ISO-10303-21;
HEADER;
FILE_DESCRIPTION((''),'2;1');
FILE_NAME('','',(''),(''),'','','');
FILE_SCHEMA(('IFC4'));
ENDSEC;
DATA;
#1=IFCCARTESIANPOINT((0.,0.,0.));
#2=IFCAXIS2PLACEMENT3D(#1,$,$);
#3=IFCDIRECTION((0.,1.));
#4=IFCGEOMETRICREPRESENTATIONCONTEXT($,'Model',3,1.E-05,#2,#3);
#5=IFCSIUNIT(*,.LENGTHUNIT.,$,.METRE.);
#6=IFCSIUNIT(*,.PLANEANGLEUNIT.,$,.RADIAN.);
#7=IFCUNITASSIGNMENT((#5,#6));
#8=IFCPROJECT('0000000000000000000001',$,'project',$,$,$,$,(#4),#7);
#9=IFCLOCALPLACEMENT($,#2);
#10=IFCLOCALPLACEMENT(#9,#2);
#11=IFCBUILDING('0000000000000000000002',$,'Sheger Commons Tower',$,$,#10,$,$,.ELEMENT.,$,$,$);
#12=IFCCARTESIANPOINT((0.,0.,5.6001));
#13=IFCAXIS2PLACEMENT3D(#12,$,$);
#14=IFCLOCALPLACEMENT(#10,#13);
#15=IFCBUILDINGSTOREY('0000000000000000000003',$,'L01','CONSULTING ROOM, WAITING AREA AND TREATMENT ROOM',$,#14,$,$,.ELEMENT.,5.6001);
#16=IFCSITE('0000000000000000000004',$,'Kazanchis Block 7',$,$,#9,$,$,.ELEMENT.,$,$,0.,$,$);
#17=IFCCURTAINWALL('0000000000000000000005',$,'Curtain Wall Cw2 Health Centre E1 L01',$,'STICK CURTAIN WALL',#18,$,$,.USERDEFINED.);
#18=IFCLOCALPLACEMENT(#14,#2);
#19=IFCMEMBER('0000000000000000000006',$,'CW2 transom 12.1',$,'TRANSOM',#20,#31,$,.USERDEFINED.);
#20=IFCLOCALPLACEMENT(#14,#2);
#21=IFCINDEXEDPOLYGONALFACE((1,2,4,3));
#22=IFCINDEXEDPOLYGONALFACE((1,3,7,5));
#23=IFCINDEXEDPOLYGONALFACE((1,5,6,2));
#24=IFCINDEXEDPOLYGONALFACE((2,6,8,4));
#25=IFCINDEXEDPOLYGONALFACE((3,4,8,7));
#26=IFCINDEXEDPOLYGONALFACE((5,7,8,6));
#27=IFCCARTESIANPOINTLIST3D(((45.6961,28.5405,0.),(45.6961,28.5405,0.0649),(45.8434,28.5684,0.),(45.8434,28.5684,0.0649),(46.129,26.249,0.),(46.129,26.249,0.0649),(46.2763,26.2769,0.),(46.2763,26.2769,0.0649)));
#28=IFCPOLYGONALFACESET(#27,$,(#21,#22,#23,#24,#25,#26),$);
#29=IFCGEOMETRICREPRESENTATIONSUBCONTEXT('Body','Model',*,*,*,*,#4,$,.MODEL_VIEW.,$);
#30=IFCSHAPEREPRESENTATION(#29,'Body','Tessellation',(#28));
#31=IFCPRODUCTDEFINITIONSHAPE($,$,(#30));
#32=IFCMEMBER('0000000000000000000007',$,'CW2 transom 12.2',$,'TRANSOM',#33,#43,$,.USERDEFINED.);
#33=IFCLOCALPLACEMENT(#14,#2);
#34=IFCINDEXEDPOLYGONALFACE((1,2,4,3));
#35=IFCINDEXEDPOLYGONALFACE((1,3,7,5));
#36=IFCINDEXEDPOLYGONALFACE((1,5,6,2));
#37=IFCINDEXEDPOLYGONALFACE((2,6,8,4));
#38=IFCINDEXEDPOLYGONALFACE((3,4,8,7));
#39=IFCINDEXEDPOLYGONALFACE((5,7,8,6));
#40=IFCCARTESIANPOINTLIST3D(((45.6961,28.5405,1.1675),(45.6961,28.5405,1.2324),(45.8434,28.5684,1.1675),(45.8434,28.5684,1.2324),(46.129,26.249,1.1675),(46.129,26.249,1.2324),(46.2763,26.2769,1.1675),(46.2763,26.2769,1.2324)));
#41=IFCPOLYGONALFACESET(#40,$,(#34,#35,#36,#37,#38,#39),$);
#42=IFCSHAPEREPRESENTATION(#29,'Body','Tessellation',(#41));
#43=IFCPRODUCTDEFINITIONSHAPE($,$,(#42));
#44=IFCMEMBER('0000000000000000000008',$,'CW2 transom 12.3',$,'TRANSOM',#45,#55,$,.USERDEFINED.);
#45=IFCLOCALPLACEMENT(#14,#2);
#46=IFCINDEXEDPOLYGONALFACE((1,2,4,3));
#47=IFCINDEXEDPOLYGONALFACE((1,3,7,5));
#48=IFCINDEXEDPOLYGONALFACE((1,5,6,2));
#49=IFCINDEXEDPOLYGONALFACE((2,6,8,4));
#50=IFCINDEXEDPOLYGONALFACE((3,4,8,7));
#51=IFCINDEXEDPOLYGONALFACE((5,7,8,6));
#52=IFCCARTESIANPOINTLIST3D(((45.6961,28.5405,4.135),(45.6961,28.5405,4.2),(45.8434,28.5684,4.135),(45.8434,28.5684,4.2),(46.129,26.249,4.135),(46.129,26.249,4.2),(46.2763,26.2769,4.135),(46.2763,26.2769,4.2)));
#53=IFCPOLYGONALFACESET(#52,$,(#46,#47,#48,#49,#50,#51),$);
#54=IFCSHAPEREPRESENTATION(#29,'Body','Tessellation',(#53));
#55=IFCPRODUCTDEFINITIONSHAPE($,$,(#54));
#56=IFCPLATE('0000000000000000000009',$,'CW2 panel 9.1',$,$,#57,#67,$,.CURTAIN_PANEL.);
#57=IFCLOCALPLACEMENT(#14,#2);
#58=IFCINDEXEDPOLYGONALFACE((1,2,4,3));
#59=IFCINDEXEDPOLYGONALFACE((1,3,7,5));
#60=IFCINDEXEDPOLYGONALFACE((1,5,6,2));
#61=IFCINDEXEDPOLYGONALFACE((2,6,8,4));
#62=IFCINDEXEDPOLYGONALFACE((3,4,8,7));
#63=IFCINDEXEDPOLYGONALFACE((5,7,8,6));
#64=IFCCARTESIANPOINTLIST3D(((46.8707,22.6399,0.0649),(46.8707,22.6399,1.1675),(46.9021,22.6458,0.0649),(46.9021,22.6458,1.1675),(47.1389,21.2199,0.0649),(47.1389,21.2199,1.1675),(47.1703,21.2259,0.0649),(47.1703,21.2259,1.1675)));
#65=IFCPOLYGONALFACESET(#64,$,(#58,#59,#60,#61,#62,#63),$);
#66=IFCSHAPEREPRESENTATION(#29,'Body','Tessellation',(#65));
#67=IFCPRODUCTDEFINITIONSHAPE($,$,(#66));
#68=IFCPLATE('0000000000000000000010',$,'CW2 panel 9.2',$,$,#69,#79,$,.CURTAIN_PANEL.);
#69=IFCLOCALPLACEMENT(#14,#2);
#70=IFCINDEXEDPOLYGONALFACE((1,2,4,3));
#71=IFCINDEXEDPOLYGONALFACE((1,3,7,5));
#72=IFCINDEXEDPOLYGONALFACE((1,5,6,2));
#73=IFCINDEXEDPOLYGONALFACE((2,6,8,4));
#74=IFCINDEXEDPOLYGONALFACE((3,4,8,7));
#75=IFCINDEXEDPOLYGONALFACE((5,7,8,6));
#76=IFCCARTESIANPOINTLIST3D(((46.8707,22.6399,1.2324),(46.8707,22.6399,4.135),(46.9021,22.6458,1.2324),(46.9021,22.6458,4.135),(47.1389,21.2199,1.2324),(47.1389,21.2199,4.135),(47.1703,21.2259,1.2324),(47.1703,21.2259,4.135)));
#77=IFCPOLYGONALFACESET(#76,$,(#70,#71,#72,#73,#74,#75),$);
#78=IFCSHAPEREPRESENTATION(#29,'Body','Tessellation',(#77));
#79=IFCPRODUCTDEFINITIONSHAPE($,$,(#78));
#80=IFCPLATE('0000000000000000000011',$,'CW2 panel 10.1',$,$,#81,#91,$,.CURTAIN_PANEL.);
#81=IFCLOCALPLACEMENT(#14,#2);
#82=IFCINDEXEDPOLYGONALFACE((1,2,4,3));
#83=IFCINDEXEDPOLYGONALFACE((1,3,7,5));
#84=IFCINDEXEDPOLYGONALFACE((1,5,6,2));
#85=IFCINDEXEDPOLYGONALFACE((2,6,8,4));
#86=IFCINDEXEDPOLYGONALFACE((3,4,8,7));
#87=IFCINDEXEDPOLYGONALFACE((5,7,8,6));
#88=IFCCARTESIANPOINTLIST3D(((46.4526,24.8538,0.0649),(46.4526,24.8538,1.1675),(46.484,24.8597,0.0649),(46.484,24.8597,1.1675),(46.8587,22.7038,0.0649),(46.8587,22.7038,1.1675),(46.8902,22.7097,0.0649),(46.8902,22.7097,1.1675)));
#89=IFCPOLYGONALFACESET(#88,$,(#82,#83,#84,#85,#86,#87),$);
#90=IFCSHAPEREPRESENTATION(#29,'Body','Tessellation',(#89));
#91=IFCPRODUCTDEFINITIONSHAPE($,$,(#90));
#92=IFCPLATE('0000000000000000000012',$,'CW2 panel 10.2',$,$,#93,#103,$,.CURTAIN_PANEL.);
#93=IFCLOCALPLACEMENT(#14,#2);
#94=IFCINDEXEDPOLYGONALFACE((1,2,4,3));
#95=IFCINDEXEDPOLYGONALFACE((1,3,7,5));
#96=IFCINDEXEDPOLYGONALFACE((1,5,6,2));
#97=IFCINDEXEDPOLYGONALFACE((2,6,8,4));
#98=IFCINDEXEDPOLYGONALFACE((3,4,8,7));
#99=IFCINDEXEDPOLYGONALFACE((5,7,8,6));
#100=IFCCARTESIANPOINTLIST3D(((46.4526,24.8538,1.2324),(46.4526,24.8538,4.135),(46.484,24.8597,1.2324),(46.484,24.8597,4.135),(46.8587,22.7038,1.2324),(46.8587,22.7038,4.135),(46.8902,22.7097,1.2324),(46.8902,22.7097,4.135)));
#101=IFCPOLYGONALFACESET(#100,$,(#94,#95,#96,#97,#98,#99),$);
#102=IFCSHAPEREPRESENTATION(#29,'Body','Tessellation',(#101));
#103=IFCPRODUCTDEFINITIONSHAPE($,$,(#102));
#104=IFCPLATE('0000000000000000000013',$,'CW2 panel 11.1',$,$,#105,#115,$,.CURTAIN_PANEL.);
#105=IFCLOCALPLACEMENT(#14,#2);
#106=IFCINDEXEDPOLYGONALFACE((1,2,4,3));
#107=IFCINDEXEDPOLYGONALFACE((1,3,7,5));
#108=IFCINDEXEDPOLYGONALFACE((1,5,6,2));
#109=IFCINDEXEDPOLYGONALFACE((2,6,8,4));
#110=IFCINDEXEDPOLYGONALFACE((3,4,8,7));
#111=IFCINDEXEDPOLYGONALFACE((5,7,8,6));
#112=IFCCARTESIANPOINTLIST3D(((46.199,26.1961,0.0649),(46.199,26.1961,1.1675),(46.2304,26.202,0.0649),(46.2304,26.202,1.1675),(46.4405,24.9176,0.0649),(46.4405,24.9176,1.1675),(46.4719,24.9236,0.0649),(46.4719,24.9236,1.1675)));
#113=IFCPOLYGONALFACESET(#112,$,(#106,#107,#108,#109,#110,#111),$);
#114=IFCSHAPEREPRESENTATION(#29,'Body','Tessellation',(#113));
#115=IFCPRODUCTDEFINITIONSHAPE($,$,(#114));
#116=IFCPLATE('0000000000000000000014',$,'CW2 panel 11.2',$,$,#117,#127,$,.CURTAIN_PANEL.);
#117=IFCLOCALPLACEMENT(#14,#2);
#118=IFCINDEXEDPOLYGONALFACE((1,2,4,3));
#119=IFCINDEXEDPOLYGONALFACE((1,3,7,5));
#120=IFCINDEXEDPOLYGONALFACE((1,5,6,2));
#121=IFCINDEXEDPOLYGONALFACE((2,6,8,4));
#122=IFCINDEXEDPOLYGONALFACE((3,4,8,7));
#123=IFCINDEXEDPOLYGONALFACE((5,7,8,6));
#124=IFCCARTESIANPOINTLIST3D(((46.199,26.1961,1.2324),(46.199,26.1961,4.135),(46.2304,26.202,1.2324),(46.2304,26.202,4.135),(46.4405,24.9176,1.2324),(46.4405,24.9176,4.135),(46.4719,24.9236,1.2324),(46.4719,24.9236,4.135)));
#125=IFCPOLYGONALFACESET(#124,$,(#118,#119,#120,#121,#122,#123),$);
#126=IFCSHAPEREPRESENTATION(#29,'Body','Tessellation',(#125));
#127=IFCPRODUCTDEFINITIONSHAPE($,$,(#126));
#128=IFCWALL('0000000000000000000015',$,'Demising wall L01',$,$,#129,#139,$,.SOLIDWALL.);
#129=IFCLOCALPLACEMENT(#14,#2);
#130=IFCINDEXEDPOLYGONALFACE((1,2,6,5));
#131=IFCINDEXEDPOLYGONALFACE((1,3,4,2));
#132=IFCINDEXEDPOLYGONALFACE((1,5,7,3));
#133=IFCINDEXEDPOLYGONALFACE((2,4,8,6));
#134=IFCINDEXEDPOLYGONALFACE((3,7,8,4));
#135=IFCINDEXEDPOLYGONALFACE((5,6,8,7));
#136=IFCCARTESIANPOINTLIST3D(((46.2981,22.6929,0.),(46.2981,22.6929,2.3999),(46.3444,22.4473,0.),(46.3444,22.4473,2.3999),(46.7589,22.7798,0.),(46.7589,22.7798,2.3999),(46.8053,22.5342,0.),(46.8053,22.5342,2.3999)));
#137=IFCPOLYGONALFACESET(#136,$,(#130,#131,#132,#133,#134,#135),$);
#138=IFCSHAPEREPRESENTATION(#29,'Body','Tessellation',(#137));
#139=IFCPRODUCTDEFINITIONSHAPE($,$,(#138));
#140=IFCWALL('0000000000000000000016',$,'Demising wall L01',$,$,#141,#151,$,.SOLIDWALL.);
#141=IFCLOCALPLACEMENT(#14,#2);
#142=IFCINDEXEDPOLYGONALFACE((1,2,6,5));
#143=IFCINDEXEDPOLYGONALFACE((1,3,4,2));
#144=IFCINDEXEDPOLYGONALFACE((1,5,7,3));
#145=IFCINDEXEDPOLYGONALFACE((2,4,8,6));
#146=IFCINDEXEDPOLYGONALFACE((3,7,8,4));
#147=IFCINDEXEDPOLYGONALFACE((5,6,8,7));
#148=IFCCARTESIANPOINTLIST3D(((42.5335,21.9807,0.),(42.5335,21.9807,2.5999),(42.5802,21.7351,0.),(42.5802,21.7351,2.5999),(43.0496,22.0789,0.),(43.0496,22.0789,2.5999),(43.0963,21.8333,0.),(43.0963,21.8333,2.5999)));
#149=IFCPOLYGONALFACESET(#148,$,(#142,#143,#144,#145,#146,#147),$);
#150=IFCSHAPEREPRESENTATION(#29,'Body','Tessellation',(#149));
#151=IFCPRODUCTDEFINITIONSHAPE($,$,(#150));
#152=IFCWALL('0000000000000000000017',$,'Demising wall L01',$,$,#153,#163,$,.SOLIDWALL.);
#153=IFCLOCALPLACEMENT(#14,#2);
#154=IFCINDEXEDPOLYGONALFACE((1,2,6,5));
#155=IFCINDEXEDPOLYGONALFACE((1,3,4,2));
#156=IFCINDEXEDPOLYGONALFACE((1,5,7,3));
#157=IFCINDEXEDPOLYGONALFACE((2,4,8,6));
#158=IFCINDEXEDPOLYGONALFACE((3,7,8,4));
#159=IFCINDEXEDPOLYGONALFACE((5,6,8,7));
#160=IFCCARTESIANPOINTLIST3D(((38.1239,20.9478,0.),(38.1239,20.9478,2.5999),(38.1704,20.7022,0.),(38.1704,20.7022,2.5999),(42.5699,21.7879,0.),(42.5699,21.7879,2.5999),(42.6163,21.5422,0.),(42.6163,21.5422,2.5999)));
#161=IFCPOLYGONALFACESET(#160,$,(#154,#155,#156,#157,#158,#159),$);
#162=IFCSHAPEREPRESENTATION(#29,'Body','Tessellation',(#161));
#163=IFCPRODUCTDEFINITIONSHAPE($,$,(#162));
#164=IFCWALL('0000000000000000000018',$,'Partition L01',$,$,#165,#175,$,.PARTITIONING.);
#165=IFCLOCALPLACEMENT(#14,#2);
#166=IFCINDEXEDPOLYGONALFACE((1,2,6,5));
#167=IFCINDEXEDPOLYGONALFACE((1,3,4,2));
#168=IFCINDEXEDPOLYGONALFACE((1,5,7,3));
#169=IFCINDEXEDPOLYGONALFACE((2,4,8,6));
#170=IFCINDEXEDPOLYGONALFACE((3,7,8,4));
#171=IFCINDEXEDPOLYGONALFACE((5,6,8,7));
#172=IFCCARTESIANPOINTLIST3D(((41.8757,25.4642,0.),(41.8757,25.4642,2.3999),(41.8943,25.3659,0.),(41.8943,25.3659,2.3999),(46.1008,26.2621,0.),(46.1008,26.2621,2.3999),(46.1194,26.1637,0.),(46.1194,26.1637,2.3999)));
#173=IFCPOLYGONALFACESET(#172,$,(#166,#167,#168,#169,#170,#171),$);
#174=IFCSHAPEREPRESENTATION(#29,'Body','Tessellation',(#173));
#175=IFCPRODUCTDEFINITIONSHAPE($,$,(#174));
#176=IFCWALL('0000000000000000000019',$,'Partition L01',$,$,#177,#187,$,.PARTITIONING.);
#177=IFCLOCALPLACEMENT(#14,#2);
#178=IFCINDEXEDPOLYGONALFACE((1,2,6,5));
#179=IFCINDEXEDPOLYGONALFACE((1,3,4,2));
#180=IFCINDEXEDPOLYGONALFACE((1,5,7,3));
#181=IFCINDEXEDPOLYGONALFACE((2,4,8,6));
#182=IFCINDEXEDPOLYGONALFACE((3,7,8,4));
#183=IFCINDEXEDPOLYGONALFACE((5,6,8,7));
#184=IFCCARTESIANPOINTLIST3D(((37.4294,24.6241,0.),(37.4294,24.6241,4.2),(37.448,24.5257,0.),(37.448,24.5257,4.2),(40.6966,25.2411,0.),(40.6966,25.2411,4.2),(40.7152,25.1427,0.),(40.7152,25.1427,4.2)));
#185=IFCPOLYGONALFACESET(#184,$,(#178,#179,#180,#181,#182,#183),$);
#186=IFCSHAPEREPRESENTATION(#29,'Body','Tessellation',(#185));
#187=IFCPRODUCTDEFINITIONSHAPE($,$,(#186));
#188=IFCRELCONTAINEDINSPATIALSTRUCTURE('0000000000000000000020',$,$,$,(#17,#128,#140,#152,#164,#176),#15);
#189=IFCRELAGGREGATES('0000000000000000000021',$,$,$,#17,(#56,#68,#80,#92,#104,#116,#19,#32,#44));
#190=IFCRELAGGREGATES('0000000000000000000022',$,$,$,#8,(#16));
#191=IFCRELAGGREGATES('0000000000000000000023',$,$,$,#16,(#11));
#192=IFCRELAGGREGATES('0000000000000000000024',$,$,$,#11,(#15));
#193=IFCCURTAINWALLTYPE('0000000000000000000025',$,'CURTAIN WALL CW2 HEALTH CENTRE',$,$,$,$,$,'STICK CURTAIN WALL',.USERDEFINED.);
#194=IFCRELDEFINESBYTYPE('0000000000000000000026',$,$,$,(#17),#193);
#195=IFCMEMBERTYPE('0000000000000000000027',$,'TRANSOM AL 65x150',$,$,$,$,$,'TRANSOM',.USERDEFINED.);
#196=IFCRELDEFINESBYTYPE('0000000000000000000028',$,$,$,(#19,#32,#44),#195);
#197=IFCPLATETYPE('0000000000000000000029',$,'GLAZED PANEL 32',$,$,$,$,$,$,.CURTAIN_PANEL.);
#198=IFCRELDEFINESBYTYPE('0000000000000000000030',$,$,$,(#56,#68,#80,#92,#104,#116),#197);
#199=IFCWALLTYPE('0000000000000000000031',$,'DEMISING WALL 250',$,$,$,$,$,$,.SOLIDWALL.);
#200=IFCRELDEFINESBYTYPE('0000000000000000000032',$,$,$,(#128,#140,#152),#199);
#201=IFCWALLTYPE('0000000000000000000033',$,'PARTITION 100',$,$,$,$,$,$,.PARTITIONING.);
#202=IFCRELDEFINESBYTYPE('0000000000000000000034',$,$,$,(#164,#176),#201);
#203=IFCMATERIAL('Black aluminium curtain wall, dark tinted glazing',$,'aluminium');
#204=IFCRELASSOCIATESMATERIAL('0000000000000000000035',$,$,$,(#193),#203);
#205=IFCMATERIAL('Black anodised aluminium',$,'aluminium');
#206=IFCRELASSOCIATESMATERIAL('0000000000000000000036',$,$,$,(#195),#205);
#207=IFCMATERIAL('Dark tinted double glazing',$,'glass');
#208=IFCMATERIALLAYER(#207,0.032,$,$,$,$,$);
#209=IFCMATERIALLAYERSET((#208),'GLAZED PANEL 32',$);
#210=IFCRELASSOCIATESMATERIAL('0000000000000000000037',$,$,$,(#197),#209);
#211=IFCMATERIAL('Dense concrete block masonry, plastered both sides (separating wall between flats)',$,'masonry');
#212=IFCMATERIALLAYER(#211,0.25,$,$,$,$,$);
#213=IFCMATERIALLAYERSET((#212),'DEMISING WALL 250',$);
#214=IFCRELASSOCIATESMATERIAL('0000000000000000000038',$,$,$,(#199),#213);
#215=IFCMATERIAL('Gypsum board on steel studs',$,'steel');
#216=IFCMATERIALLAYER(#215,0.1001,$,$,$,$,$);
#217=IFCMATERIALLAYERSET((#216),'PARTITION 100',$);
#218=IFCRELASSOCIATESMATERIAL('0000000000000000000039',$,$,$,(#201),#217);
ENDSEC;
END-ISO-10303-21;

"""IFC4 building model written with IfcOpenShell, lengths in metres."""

from ifc_helpers import new_model, si_unit, direction, frame, frame_2d, origin, origin_2d, place, context, subcontext, project, spatial, rectangle, extrude, material, layer, layer_set, material_profile, profile_set, type_object, element, aggregate, save


model = new_model("IFC4")

# Units and contexts
model_context = context("Model", 3, precision=1e-05, world=origin(), true_north=direction((0.0, 1.0)))
body_context = subcontext(model_context, "Body", "Model", "MODEL_VIEW")
ifc_project = project(units=[si_unit("LENGTHUNIT", "METRE"), si_unit("PLANEANGLEUNIT", "RADIAN")], contexts=[model_context])

# Site, building, storey
site_placement = place(None, origin())
site = spatial("IfcSite", under=ifc_project, at=site_placement, Name="Kazanchis Block 7", CompositionType="ELEMENT", RefElevation=0.0)
building_placement = place(site_placement, origin())
building = spatial("IfcBuilding", under=site, at=building_placement, Name="Sheger Commons Tower", CompositionType="ELEMENT")
storey_placement = place(building_placement, frame((0.0, 0.0, 5.6001)))
storey = spatial("IfcBuildingStorey", under=building, at=storey_placement, Name="L01", Description="CONSULTING ROOM, WAITING AREA AND TREATMENT ROOM", CompositionType="ELEMENT", Elevation=5.6001)

# Curtain wall, members, plates
ifc_material_1 = material(Name="Black aluminium curtain wall, dark tinted glazing", Category="aluminium")
curtain_wall_type = type_object("IfcCurtainWallType", Name="CURTAIN WALL CW2 HEALTH CENTRE", ElementType="STICK CURTAIN WALL", PredefinedType="USERDEFINED", material=ifc_material_1)
curtain_wall_placement = place(storey_placement, origin())
curtain_wall = element("IfcCurtainWall", 1, at=curtain_wall_placement, inside=storey, type_object=curtain_wall_type, Name="Curtain Wall Cw2 Health Centre E1 L01", ObjectType="STICK CURTAIN WALL", PredefinedType="USERDEFINED")
ifc_material_2 = material(Name="Black anodised aluminium", Category="aluminium")
ifc_material_profile_1 = material_profile(ifc_material_2, rectangle(XDim=0.1499, YDim=0.0649, at=origin_2d()), Name="AL 65x150")
ifc_profile_set_1 = profile_set([ifc_material_profile_1], Name="Black anodised aluminium")
member_type_1 = type_object("IfcMemberType", Name="TRANSOM AL 65x150", ElementType="TRANSOM", PredefinedType="USERDEFINED", material=ifc_profile_set_1)
member_1_placement = place(storey_placement, frame((46.2026, 26.2629, 0.0325), z_axis=(-0.185616, 0.982622, 0.0), x_axis=(-0.982622, -0.185616, 0.0)))
member_1 = element("IfcMember", 2, at=member_1_placement, type_object=member_type_1, Name="CW2 transom 12.1", ObjectType="TRANSOM", PredefinedType="USERDEFINED", context=body_context, shape_type="SweptSolid", body=[
    extrude(rectangle(XDim=0.1499, YDim=0.0649, at=origin_2d()), origin(), (0.0, 0.0, 1.0), 2.332),
])
member_2_placement = place(storey_placement, frame((46.2026, 26.2629, 1.2), z_axis=(-0.185616, 0.982622, 0.0), x_axis=(-0.982622, -0.185616, 0.0)))
member_2 = element("IfcMember", 3, at=member_2_placement, type_object=member_type_1, Name="CW2 transom 12.2", ObjectType="TRANSOM", PredefinedType="USERDEFINED", context=body_context, shape_type="SweptSolid", body=[
    extrude(rectangle(XDim=0.1499, YDim=0.0649, at=origin_2d()), origin(), (0.0, 0.0, 1.0), 2.332),
])
member_3_placement = place(storey_placement, frame((46.2026, 26.2629, 4.1675), z_axis=(-0.185616, 0.982622, 0.0), x_axis=(-0.982622, -0.185616, 0.0)))
member_3 = element("IfcMember", 4, at=member_3_placement, type_object=member_type_1, Name="CW2 transom 12.3", ObjectType="TRANSOM", PredefinedType="USERDEFINED", context=body_context, shape_type="SweptSolid", body=[
    extrude(rectangle(XDim=0.1499, YDim=0.0649, at=origin_2d()), origin(), (0.0, 0.0, 1.0), 2.332),
])
ifc_material_3 = material(Name="Dark tinted double glazing", Category="glass")
ifc_layer_1 = layer(ifc_material_3, 0.032)
ifc_layer_set_1 = layer_set([ifc_layer_1], Name="GLAZED PANEL 32")
plate_type = type_object("IfcPlateType", Name="GLAZED PANEL 32", PredefinedType="CURTAIN_PANEL", material=ifc_layer_set_1)
plate_1_placement = place(storey_placement, frame((47.0205, 21.9329, 0.0649), z_axis=(0.0, 0.0, 1.0), x_axis=(-0.18561, 0.982624, 0.0)))
plate_1 = element("IfcPlate", 5, at=plate_1_placement, type_object=plate_type, Name="CW2 panel 9.1", PredefinedType="CURTAIN_PANEL", context=body_context, shape_type="SweptSolid", body=[
    extrude(rectangle(XDim=1.4451, YDim=0.032, at=origin_2d()), origin(), (0.0, 0.0, 1.0), 1.1025),
])
plate_2_placement = place(storey_placement, frame((47.0205, 21.9329, 1.2324), z_axis=(0.0, 0.0, 1.0), x_axis=(-0.18561, 0.982624, 0.0)))
plate_2 = element("IfcPlate", 6, at=plate_2_placement, type_object=plate_type, Name="CW2 panel 9.2", PredefinedType="CURTAIN_PANEL", context=body_context, shape_type="SweptSolid", body=[
    extrude(rectangle(XDim=1.4451, YDim=0.032, at=origin_2d()), origin(), (0.0, 0.0, 1.0), 2.9026),
])
plate_3_placement = place(storey_placement, frame((46.6714, 23.7817, 0.0649), z_axis=(0.0, 0.0, 1.0), x_axis=(-0.18561, 0.982624, 0.0)))
plate_3 = element("IfcPlate", 7, at=plate_3_placement, type_object=plate_type, Name="CW2 panel 10.1", PredefinedType="CURTAIN_PANEL", context=body_context, shape_type="SweptSolid", body=[
    extrude(rectangle(XDim=2.188, YDim=0.032, at=origin_2d()), origin(), (0.0, 0.0, 1.0), 1.1025),
])
plate_4_placement = place(storey_placement, frame((46.6714, 23.7817, 1.2324), z_axis=(0.0, 0.0, 1.0), x_axis=(-0.18561, 0.982624, 0.0)))
plate_4 = element("IfcPlate", 8, at=plate_4_placement, type_object=plate_type, Name="CW2 panel 10.2", PredefinedType="CURTAIN_PANEL", context=body_context, shape_type="SweptSolid", body=[
    extrude(rectangle(XDim=2.188, YDim=0.032, at=origin_2d()), origin(), (0.0, 0.0, 1.0), 2.9026),
])
plate_5_placement = place(storey_placement, frame((46.3354, 25.5598, 0.0649), z_axis=(0.0, 0.0, 1.0), x_axis=(-0.18561, 0.982624, 0.0)))
plate_5 = element("IfcPlate", 9, at=plate_5_placement, type_object=plate_type, Name="CW2 panel 11.1", PredefinedType="CURTAIN_PANEL", context=body_context, shape_type="SweptSolid", body=[
    extrude(rectangle(XDim=1.301, YDim=0.032, at=origin_2d()), origin(), (0.0, 0.0, 1.0), 1.1025),
])
plate_6_placement = place(storey_placement, frame((46.3354, 25.5598, 1.2324), z_axis=(0.0, 0.0, 1.0), x_axis=(-0.18561, 0.982624, 0.0)))
plate_6 = element("IfcPlate", 10, at=plate_6_placement, type_object=plate_type, Name="CW2 panel 11.2", PredefinedType="CURTAIN_PANEL", context=body_context, shape_type="SweptSolid", body=[
    extrude(rectangle(XDim=1.301, YDim=0.032, at=origin_2d()), origin(), (0.0, 0.0, 1.0), 2.9026),
])
aggregate(curtain_wall, [plate_1, plate_2, plate_3, plate_4, plate_5, plate_6, member_1, member_2, member_3])

# Walls
ifc_material_4 = material(Name="Dense concrete block masonry, plastered both sides (separating wall between flats)", Category="masonry")
ifc_layer_2 = layer(ifc_material_4, 0.25)
ifc_layer_set_2 = layer_set([ifc_layer_2], Name="DEMISING WALL 250")
wall_type_1 = type_object("IfcWallType", Name="DEMISING WALL 250", PredefinedType="SOLIDWALL", material=ifc_layer_set_2)
wall_1_placement = place(storey_placement, frame((46.782, 22.657, 0.0), z_axis=(0.0, 0.0, 1.0), x_axis=(-0.982683, -0.185294, 0.0)))
element("IfcWall", 11, at=wall_1_placement, inside=storey, type_object=wall_type_1, Name="Demising wall L01", PredefinedType="SOLIDWALL", context=body_context, shape_type="SweptSolid", body=[
    extrude(rectangle(XDim=0.469, YDim=0.25, at=frame_2d((0.2344, 0.0))), origin(), (0.0, 0.0, 1.0), 2.3999),
])
wall_2_placement = place(storey_placement, frame((43.073, 21.9561, 0.0), z_axis=(0.0, 0.0, 1.0), x_axis=(-0.982395, -0.186813, 0.0)))
element("IfcWall", 12, at=wall_2_placement, inside=storey, type_object=wall_type_1, Name="Demising wall L01", PredefinedType="SOLIDWALL", context=body_context, shape_type="SweptSolid", body=[
    extrude(rectangle(XDim=0.5254, YDim=0.25, at=frame_2d((0.2627, 0.0))), origin(), (0.0, 0.0, 1.0), 2.5999),
])
wall_3_placement = place(storey_placement, frame((42.593, 21.665, 0.0), z_axis=(0.0, 0.0, 1.0), x_axis=(-0.982613, -0.185666, 0.0)))
element("IfcWall", 13, at=wall_3_placement, inside=storey, type_object=wall_type_1, Name="Demising wall L01", PredefinedType="SOLIDWALL", context=body_context, shape_type="SweptSolid", body=[
    extrude(rectangle(XDim=4.5247, YDim=0.25, at=frame_2d((2.2622, 0.0))), origin(), (0.0, 0.0, 1.0), 2.5999),
])
ifc_material_5 = material(Name="Gypsum board on steel studs", Category="steel")
ifc_layer_3 = layer(ifc_material_5, 0.1001)
ifc_layer_set_3 = layer_set([ifc_layer_3], Name="PARTITION 100")
wall_type_2 = type_object("IfcWallType", Name="PARTITION 100", PredefinedType="PARTITIONING", material=ifc_layer_set_3)
wall_4_placement = place(storey_placement, frame((46.1101, 26.2129, 0.0), z_axis=(0.0, 0.0, 1.0), x_axis=(-0.982634, -0.185557, 0.0)))
element("IfcWall", 14, at=wall_4_placement, inside=storey, type_object=wall_type_2, Name="Partition L01", PredefinedType="PARTITIONING", context=body_context, shape_type="SweptSolid", body=[
    extrude(rectangle(XDim=4.2998, YDim=0.1001, at=frame_2d((2.1499, 0.0))), origin(), (0.0, 0.0, 1.0), 2.3999),
])
wall_5_placement = place(storey_placement, frame((40.7061, 25.1919, 0.0), z_axis=(0.0, 0.0, 1.0), x_axis=(-0.982634, -0.185556, 0.0)))
element("IfcWall", 15, at=wall_5_placement, inside=storey, type_object=wall_type_2, Name="Partition L01", PredefinedType="PARTITIONING", context=body_context, shape_type="SweptSolid", body=[
    extrude(rectangle(XDim=3.325, YDim=0.1001, at=frame_2d((1.6626, 0.0))), origin(), (0.0, 0.0, 1.0), 4.2),
])

save(model, "model.ifc")
